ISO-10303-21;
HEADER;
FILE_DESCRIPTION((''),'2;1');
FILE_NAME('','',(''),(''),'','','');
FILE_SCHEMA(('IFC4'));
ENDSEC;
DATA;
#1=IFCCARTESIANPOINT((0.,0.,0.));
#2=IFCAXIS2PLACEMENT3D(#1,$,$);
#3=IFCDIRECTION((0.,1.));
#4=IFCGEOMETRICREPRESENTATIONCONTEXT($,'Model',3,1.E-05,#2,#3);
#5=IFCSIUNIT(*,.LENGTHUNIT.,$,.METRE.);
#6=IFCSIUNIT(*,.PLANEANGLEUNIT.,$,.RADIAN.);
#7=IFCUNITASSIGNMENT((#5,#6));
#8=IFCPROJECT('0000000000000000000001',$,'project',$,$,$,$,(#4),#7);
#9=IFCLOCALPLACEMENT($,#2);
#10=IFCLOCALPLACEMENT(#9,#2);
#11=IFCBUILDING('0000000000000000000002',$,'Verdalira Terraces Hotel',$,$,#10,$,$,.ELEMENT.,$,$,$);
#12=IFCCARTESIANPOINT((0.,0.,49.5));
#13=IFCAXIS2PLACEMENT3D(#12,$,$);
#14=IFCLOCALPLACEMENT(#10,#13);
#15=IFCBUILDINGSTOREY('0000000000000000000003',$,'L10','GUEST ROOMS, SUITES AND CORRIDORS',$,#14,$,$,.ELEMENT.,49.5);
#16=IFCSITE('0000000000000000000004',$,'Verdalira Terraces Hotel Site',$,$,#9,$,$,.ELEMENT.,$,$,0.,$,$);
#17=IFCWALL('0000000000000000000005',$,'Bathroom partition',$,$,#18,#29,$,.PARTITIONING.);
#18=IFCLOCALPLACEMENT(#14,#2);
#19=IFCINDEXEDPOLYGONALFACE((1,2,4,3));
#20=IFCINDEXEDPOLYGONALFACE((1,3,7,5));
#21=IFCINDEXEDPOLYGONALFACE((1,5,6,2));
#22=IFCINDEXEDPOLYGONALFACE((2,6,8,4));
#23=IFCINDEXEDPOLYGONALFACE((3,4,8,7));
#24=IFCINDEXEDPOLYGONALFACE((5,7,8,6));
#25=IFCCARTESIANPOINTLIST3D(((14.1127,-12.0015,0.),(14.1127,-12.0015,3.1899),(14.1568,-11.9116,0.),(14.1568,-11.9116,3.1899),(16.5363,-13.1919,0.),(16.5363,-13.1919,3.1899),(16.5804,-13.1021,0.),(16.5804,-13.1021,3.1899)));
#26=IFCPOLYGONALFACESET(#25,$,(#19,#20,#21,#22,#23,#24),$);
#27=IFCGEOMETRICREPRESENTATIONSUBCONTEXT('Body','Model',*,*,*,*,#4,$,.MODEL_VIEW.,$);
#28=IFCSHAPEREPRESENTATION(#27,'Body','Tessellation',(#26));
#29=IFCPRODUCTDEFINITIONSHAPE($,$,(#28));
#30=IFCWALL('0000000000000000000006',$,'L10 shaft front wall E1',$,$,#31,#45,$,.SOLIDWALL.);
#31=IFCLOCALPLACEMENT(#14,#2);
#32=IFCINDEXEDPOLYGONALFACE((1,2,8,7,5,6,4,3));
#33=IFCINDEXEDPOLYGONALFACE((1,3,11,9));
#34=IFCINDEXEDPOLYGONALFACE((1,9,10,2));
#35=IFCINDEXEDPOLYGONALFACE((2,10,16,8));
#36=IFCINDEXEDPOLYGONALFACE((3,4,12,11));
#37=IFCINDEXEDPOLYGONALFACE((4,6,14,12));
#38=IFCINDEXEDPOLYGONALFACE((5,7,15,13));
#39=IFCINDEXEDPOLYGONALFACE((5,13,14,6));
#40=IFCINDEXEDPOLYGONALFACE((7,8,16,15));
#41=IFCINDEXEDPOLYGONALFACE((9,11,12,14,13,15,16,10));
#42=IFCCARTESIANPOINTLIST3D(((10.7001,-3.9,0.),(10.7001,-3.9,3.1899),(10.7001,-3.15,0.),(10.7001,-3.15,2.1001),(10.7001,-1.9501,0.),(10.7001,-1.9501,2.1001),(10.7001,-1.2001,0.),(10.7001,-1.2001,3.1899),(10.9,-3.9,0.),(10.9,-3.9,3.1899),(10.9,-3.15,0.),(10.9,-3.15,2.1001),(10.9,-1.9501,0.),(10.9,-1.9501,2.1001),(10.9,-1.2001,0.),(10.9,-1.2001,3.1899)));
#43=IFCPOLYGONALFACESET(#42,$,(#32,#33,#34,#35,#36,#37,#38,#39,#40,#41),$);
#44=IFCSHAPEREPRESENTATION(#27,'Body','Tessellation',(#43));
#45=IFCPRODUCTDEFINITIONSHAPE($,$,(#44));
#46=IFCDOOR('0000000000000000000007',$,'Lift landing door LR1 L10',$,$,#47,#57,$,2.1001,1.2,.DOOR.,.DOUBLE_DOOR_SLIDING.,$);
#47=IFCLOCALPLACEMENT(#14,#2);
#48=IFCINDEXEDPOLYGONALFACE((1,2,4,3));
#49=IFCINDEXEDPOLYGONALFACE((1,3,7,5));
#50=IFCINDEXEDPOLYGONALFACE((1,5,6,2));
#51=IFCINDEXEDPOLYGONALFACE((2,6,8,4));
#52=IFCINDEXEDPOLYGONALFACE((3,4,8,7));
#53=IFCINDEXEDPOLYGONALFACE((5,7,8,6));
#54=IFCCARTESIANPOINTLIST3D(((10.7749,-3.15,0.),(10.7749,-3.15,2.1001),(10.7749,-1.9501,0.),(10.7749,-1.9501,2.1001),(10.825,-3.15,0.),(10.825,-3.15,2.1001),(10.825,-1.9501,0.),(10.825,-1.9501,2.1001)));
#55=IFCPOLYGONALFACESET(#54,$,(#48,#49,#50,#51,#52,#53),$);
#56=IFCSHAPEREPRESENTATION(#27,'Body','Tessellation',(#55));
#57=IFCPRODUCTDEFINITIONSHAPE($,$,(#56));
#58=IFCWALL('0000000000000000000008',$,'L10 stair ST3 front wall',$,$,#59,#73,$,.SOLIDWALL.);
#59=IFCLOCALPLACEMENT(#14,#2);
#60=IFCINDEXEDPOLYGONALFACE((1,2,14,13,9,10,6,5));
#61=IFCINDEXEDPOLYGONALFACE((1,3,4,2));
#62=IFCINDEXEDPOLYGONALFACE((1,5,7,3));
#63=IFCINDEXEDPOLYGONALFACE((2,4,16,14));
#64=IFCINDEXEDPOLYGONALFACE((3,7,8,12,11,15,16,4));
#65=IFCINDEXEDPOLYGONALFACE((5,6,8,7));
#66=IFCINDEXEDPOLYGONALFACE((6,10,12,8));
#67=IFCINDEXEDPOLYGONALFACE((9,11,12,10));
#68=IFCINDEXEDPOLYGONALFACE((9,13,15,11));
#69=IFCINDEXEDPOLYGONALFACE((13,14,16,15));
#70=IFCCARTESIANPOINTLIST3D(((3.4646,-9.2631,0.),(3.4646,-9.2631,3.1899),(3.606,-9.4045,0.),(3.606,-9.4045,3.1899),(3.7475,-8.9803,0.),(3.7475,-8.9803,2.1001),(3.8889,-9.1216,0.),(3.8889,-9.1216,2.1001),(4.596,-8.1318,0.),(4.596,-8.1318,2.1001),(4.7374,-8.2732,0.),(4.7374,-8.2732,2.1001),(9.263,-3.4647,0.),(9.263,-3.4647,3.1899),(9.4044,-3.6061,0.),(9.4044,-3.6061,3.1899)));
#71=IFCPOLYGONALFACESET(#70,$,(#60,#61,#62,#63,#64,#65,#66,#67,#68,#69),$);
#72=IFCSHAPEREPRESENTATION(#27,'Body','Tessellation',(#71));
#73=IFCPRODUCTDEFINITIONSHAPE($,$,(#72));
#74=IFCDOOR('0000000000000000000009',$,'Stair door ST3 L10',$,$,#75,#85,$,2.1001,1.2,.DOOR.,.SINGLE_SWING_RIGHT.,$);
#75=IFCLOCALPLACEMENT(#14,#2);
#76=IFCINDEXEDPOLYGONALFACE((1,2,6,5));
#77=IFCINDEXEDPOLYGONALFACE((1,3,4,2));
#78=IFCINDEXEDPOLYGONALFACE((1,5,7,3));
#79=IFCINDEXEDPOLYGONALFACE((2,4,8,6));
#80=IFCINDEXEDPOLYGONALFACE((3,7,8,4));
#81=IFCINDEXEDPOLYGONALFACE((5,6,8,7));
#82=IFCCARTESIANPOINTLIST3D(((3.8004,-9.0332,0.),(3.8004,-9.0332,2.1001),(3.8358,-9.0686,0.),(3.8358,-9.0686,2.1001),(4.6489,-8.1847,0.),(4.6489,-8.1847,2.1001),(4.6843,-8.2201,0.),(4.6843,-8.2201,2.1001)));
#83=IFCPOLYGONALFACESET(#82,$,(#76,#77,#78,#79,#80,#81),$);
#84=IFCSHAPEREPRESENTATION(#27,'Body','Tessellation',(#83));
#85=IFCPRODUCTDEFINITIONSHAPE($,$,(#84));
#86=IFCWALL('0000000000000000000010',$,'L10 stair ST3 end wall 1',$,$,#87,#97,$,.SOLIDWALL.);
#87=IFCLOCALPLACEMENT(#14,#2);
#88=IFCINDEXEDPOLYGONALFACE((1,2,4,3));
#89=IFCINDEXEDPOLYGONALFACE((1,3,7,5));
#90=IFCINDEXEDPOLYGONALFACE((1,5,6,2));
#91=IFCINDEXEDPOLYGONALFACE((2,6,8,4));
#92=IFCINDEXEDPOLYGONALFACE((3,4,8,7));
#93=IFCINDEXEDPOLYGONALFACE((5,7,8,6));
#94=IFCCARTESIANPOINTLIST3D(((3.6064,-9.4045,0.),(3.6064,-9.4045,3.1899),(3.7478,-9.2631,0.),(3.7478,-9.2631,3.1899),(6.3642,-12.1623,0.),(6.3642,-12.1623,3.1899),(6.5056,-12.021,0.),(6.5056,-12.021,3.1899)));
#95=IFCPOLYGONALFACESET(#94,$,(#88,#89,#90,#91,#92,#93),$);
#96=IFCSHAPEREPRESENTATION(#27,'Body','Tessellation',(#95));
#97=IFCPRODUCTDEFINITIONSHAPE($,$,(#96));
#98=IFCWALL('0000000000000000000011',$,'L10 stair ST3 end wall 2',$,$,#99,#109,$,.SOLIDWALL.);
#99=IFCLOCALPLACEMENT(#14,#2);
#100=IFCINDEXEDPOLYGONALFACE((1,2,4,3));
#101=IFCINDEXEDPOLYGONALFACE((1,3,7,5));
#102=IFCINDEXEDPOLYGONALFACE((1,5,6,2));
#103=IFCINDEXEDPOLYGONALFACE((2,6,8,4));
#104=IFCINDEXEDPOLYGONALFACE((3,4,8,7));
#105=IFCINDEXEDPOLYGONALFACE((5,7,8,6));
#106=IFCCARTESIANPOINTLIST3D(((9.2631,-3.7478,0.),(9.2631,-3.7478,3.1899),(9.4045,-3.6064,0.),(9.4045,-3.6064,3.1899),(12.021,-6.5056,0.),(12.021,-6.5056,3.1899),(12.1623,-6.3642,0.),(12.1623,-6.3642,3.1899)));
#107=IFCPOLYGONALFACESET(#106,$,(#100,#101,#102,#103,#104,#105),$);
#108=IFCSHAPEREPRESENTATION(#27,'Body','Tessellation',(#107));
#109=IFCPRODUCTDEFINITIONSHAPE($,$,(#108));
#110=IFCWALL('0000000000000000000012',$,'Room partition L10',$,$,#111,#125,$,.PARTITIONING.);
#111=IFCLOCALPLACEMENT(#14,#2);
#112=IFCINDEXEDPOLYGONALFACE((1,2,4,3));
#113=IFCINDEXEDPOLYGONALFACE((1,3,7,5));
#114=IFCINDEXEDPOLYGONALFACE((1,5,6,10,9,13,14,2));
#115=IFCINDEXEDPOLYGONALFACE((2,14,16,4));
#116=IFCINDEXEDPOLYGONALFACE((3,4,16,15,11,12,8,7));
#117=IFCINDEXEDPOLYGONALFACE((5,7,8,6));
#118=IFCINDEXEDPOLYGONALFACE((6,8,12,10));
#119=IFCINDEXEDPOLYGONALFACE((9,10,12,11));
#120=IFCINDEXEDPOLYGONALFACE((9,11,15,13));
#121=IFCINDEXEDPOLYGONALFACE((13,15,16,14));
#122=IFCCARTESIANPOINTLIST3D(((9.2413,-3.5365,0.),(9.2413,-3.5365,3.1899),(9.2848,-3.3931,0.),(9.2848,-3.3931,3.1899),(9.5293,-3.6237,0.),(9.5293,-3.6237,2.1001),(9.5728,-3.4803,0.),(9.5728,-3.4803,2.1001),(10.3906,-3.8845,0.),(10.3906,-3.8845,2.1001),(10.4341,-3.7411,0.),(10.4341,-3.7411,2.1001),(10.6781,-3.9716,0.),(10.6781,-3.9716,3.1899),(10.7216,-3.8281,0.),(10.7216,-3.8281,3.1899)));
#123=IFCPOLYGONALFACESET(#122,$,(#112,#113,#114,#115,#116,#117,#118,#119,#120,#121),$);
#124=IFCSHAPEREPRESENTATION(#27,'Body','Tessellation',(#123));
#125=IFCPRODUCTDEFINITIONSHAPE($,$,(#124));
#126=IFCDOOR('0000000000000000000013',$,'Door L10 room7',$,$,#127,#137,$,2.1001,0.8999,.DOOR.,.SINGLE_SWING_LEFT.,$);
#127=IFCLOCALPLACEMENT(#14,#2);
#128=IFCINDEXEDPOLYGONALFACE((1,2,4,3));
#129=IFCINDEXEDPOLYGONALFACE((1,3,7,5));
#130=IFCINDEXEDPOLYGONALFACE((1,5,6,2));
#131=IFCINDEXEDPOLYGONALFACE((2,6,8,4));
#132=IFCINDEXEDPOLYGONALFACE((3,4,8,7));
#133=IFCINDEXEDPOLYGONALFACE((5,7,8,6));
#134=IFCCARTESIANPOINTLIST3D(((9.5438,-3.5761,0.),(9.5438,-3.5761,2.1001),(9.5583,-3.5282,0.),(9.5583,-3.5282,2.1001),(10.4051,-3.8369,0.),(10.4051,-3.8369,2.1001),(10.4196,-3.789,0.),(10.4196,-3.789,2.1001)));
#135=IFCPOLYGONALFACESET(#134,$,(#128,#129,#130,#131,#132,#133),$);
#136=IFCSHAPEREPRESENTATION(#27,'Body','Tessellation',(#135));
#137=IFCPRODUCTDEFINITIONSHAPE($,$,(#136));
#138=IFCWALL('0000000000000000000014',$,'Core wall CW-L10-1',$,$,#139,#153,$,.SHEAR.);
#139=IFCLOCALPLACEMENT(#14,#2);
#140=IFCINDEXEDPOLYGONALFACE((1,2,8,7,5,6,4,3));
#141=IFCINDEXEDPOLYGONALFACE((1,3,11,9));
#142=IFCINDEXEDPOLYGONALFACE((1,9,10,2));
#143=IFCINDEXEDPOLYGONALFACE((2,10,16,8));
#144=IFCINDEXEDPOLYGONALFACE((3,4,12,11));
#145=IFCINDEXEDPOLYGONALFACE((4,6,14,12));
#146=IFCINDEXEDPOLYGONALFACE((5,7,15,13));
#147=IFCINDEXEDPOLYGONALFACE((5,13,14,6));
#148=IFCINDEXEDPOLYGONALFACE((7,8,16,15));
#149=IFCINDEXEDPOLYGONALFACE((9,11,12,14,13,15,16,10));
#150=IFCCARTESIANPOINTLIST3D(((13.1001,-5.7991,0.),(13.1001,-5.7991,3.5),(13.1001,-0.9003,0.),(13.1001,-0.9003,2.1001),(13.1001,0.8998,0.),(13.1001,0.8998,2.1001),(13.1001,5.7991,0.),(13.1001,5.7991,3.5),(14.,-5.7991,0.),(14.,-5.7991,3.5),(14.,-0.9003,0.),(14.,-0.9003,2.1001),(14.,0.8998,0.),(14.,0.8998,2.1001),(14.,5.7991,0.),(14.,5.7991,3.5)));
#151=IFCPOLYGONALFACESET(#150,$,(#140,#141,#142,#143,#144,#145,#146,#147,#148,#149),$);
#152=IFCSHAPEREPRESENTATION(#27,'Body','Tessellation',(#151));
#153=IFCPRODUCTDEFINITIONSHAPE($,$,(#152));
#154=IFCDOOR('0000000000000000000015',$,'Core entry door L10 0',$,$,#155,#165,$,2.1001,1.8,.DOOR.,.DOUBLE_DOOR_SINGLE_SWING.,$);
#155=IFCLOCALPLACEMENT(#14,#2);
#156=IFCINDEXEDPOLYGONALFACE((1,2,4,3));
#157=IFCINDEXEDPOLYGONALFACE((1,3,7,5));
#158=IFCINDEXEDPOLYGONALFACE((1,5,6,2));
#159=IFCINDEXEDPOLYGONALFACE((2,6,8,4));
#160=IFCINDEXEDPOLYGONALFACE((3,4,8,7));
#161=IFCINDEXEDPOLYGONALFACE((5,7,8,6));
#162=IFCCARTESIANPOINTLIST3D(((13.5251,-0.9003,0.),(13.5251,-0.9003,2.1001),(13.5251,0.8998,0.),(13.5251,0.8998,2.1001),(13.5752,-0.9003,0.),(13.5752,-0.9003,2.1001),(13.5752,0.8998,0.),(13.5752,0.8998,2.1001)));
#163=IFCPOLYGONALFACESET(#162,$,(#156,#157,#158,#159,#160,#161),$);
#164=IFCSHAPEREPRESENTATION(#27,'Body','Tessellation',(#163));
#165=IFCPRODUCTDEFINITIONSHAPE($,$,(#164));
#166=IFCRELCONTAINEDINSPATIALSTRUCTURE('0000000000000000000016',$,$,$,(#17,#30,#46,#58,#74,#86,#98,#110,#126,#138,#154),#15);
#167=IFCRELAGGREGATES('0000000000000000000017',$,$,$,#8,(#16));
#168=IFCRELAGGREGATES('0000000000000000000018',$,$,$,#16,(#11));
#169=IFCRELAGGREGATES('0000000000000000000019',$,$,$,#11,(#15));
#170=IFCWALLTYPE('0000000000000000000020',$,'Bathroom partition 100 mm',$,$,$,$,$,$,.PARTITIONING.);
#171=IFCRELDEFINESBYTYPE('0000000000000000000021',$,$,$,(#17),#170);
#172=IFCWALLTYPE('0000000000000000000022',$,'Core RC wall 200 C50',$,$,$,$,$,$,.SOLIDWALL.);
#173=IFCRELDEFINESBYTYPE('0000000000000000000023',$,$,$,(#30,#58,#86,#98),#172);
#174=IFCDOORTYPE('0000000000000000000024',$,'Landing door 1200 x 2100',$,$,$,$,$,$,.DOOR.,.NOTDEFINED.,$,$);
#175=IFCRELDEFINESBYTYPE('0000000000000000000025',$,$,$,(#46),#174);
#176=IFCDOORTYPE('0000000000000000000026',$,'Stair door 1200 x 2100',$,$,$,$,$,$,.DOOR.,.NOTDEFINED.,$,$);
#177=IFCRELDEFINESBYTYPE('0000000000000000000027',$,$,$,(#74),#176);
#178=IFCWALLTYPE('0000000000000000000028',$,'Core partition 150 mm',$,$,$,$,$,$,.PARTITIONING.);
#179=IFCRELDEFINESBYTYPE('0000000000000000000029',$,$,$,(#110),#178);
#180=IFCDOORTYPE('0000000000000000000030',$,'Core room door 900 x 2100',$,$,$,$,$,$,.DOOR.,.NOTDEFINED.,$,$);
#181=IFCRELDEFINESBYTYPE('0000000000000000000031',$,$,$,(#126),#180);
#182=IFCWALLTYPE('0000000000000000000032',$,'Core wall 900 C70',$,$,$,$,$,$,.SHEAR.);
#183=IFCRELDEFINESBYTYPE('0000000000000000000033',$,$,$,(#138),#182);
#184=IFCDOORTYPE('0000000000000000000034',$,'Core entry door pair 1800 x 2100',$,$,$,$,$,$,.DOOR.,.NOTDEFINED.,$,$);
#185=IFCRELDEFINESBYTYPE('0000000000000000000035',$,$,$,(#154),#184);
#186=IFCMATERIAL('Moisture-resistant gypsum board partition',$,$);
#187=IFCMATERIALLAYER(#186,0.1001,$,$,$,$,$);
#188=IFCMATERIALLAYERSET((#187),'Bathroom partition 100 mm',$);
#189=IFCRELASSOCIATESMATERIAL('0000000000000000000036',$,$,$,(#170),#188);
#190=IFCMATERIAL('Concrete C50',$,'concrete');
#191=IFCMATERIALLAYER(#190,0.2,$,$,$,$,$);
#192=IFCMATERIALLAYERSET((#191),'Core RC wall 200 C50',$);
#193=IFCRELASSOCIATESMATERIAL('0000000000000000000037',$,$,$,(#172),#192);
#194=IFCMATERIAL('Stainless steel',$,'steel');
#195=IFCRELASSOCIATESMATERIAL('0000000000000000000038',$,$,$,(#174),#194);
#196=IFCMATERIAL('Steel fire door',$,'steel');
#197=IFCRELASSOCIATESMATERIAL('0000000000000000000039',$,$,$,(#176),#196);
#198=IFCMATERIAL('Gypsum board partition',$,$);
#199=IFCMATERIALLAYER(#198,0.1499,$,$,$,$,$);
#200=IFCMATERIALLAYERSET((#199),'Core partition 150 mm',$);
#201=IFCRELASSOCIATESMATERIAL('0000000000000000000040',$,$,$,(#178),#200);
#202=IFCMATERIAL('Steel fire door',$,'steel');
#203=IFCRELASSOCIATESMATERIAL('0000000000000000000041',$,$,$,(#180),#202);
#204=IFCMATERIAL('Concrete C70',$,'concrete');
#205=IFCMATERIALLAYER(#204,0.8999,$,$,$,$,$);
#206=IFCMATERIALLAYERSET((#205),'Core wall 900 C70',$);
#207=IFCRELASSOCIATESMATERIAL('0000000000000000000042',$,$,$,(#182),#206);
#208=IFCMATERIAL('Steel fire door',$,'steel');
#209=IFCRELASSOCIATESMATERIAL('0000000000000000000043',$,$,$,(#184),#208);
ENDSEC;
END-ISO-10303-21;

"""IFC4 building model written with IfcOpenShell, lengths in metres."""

from ifc_helpers import new_model, si_unit, direction, frame, frame_2d, origin, place, context, subcontext, project, spatial, rectangle, extrude, material, layer, layer_set, type_object, element, fill, save


model = new_model("IFC4")

# Units and contexts
model_context = context("Model", 3, precision=1e-05, world=origin(), true_north=direction((0.0, 1.0)))
body_context = subcontext(model_context, "Body", "Model", "MODEL_VIEW")
ifc_project = project(units=[si_unit("LENGTHUNIT", "METRE"), si_unit("PLANEANGLEUNIT", "RADIAN")], contexts=[model_context])

# Site, building, storey
site_placement = place(None, origin())
site = spatial("IfcSite", under=ifc_project, at=site_placement, Name="Verdalira Terraces Hotel Site", CompositionType="ELEMENT", RefElevation=0.0)
building_placement = place(site_placement, origin())
building = spatial("IfcBuilding", under=site, at=building_placement, Name="Verdalira Terraces Hotel", CompositionType="ELEMENT")
storey_placement = place(building_placement, frame((0.0, 0.0, 49.5)))
storey = spatial("IfcBuildingStorey", under=building, at=storey_placement, Name="L10", Description="GUEST ROOMS, SUITES AND CORRIDORS", CompositionType="ELEMENT", Elevation=49.5)

# Wall
ifc_material_1 = material(Name="Moisture-resistant gypsum board partition")
ifc_layer_1 = layer(ifc_material_1, 0.1001)
ifc_layer_set_1 = layer_set([ifc_layer_1], Name="Bathroom partition 100 mm")
wall_type_1 = type_object("IfcWallType", Name="Bathroom partition 100 mm", PredefinedType="PARTITIONING", material=ifc_layer_set_1)
wall_1_placement = place(storey_placement, frame((16.5584, -13.147, 0.0), z_axis=(0.0, 0.0, 1.0), x_axis=(-0.897569, 0.440873, 0.0)))
element("IfcWall", 1, at=wall_1_placement, inside=storey, type_object=wall_type_1, Name="Bathroom partition", PredefinedType="PARTITIONING", context=body_context, shape_type="SweptSolid", body=[
    extrude(rectangle(XDim=2.7002, YDim=0.1001, at=frame_2d((1.3501, 0.0))), origin(), (0.0, 0.0, 1.0), 3.1899),
])

# Walls, openings, doors
ifc_material_2 = material(Name="Concrete C50", Category="concrete")
ifc_layer_2 = layer(ifc_material_2, 0.2)
ifc_layer_set_2 = layer_set([ifc_layer_2], Name="Core RC wall 200 C50")
wall_type_2 = type_object("IfcWallType", Name="Core RC wall 200 C50", PredefinedType="SOLIDWALL", material=ifc_layer_set_2)
wall_2_placement = place(storey_placement, frame((10.8, -1.2, 0.0), z_axis=(0.0, 0.0, 1.0), x_axis=(0.0, -1.0, 0.0)))
wall_2 = element("IfcWall", 2, at=wall_2_placement, inside=storey, type_object=wall_type_2, Name="L10 shaft front wall E1", PredefinedType="SOLIDWALL", context=body_context, shape_type="SweptSolid", body=[
    extrude(rectangle(XDim=2.7, YDim=0.2, at=frame_2d((1.3501, 0.0))), origin(), (0.0, 0.0, 1.0), 3.1899),
])
opening_1_placement = place(wall_2_placement, frame((0.75, 0.0, 0.0)))
opening_1 = element("IfcOpeningElement", 3, at=opening_1_placement, cuts=wall_2, PredefinedType="OPENING", context=body_context, shape_type="SweptSolid", body=[
    extrude(rectangle(XDim=1.2, YDim=2.1001, at=frame_2d((0.6001, 1.05))), frame((0.0, 0.1099, 0.0), z_axis=(0.0, -1.0, 0.0), x_axis=(1.0, 0.0, 0.0)), (0.0, 0.0, 1.0), 0.22),
])
ifc_material_3 = material(Name="Stainless steel", Category="steel")
door_type_1 = type_object("IfcDoorType", Name="Landing door 1200 x 2100", OperationType="NOTDEFINED", PredefinedType="DOOR", material=ifc_material_3)
door_1_placement = place(opening_1_placement, origin())
door_1 = element("IfcDoor", 4, at=door_1_placement, inside=storey, type_object=door_type_1, Name="Lift landing door LR1 L10", OperationType="DOUBLE_DOOR_SLIDING", OverallHeight=2.1001, OverallWidth=1.2, PredefinedType="DOOR", context=body_context, shape_type="SweptSolid", body=[
    extrude(rectangle(XDim=1.2, YDim=2.1001, at=frame_2d((0.6001, 1.05))), frame((0.0, 0.0249, 0.0), z_axis=(0.0, -1.0, 0.0), x_axis=(1.0, 0.0, 0.0)), (0.0, 0.0, 1.0), 0.05),
])
fill(opening_1, door_1)
wall_3_placement = place(storey_placement, frame((9.3337, -3.5354, 0.0), z_axis=(0.0, 0.0, 1.0), x_axis=(-0.707107, -0.707107, 0.0)))
wall_3 = element("IfcWall", 5, at=wall_3_placement, inside=storey, type_object=wall_type_2, Name="L10 stair ST3 front wall", PredefinedType="SOLIDWALL", context=body_context, shape_type="SweptSolid", body=[
    extrude(rectangle(XDim=8.2002, YDim=0.2, at=frame_2d((4.1001, 0.0))), origin(), (0.0, 0.0, 1.0), 3.1899),
])
opening_2_placement = place(wall_3_placement, frame((6.6001, 0.0, 0.0)))
opening_2 = element("IfcOpeningElement", 6, at=opening_2_placement, cuts=wall_3, PredefinedType="OPENING", context=body_context, shape_type="SweptSolid", body=[
    extrude(rectangle(XDim=1.2, YDim=2.1001, at=frame_2d((0.6001, 1.05))), frame((0.0, 0.1099, 0.0), z_axis=(0.0, -1.0, 0.0), x_axis=(1.0, 0.0, 0.0)), (0.0, 0.0, 1.0), 0.22),
])
ifc_material_4 = material(Name="Steel fire door", Category="steel")
door_type_2 = type_object("IfcDoorType", Name="Stair door 1200 x 2100", OperationType="NOTDEFINED", PredefinedType="DOOR", material=ifc_material_4)
door_2_placement = place(opening_2_placement, origin())
door_2 = element("IfcDoor", 7, at=door_2_placement, inside=storey, type_object=door_type_2, Name="Stair door ST3 L10", OperationType="SINGLE_SWING_RIGHT", OverallHeight=2.1001, OverallWidth=1.2, PredefinedType="DOOR", context=body_context, shape_type="SweptSolid", body=[
    extrude(rectangle(XDim=1.2, YDim=2.1001, at=frame_2d((0.6001, 1.05))), frame((0.0, 0.0249, 0.0), z_axis=(0.0, -1.0, 0.0), x_axis=(1.0, 0.0, 0.0)), (0.0, 0.0, 1.0), 0.05),
])
fill(opening_2, door_2)

# Walls
for number, where, z_axis, x_axis, name in (
    (8, (3.677, -9.3337, 0.0), (0.0, 0.0, 1.0), (0.707107, -0.707107, 0.0), "L10 stair ST3 end wall 1"),
    (9, (9.3337, -3.677, 0.0), (0.0, 0.0, 1.0), (0.707107, -0.707107, 0.0), "L10 stair ST3 end wall 2"),
):
    element("IfcWall", number, at=place(storey_placement, frame(where, z_axis=z_axis, x_axis=x_axis)), inside=storey, type_object=wall_type_2, Name=name, PredefinedType="SOLIDWALL", context=body_context, shape_type="SweptSolid", body=[
        extrude(rectangle(XDim=3.9001, YDim=0.2, at=frame_2d((1.9502, 0.0))), origin(), (0.0, 0.0, 1.0), 3.1899),
    ])

# Walls, openings, doors
ifc_material_5 = material(Name="Gypsum board partition")
ifc_layer_3 = layer(ifc_material_5, 0.1499)
ifc_layer_set_3 = layer_set([ifc_layer_3], Name="Core partition 150 mm")
wall_type_3 = type_object("IfcWallType", Name="Core partition 150 mm", PredefinedType="PARTITIONING", material=ifc_layer_set_3)
wall_4_placement = place(storey_placement, frame((9.2632, -3.4648, 0.0), z_axis=(0.0, 0.0, 1.0), x_axis=(0.957085, -0.289809, 0.0)))
wall_4 = element("IfcWall", 10, at=wall_4_placement, inside=storey, type_object=wall_type_3, Name="Room partition L10", PredefinedType="PARTITIONING", context=body_context, shape_type="SweptSolid", body=[
    extrude(rectangle(XDim=1.5012, YDim=0.1499, at=frame_2d((0.7505, 0.0))), origin(), (0.0, 0.0, 1.0), 3.1899),
])
opening_3_placement = place(wall_4_placement, frame((0.3008, 0.0, 0.0)))
opening_3 = element("IfcOpeningElement", 11, at=opening_3_placement, cuts=wall_4, PredefinedType="OPENING", context=body_context, shape_type="SweptSolid", body=[
    extrude(rectangle(XDim=0.8999, YDim=2.1001, at=frame_2d((0.45, 1.05))), frame((0.0, 0.085, 0.0), z_axis=(0.0, -1.0, 0.0), x_axis=(1.0, 0.0, 0.0)), (0.0, 0.0, 1.0), 0.1699),
])
ifc_material_6 = material(Name="Steel fire door", Category="steel")
door_type_3 = type_object("IfcDoorType", Name="Core room door 900 x 2100", OperationType="NOTDEFINED", PredefinedType="DOOR", material=ifc_material_6)
door_3_placement = place(opening_3_placement, origin())
door_3 = element("IfcDoor", 12, at=door_3_placement, inside=storey, type_object=door_type_3, Name="Door L10 room7", OperationType="SINGLE_SWING_LEFT", OverallHeight=2.1001, OverallWidth=0.8999, PredefinedType="DOOR", context=body_context, shape_type="SweptSolid", body=[
    extrude(rectangle(XDim=0.8999, YDim=2.1001, at=frame_2d((0.45, 1.05))), frame((0.0, 0.0249, 0.0), z_axis=(0.0, -1.0, 0.0), x_axis=(1.0, 0.0, 0.0)), (0.0, 0.0, 1.0), 0.05),
])
fill(opening_3, door_3)
ifc_material_7 = material(Name="Concrete C70", Category="concrete")
ifc_layer_4 = layer(ifc_material_7, 0.8999)
ifc_layer_set_4 = layer_set([ifc_layer_4], Name="Core wall 900 C70")
wall_type_4 = type_object("IfcWallType", Name="Core wall 900 C70", PredefinedType="SHEAR", material=ifc_layer_set_4)
wall_5_placement = place(storey_placement, frame((13.55, -5.7991, 0.0), z_axis=(0.0, 0.0, 1.0), x_axis=(0.0, 1.0, 0.0)))
wall_5 = element("IfcWall", 13, at=wall_5_placement, inside=storey, type_object=wall_type_4, Name="Core wall CW-L10-1", PredefinedType="SHEAR", context=body_context, shape_type="SweptSolid", body=[
    extrude(rectangle(XDim=11.5981, YDim=0.8999, at=frame_2d((5.7991, 0.0))), origin(), (0.0, 0.0, 1.0), 3.5),
])
opening_4_placement = place(wall_5_placement, frame((4.8989, 0.0, 0.0)))
opening_4 = element("IfcOpeningElement", 14, at=opening_4_placement, cuts=wall_5, PredefinedType="OPENING", context=body_context, shape_type="SweptSolid", body=[
    extrude(rectangle(XDim=1.8, YDim=2.1001, at=frame_2d((0.8999, 1.05))), frame((0.0, 0.46, 0.0), z_axis=(0.0, -1.0, 0.0), x_axis=(1.0, 0.0, 0.0)), (0.0, 0.0, 1.0), 0.9199),
])
ifc_material_8 = material(Name="Steel fire door", Category="steel")
door_type_4 = type_object("IfcDoorType", Name="Core entry door pair 1800 x 2100", OperationType="NOTDEFINED", PredefinedType="DOOR", material=ifc_material_8)
door_4_placement = place(opening_4_placement, origin())
door_4 = element("IfcDoor", 15, at=door_4_placement, inside=storey, type_object=door_type_4, Name="Core entry door L10 0", OperationType="DOUBLE_DOOR_SINGLE_SWING", OverallHeight=2.1001, OverallWidth=1.8, PredefinedType="DOOR", context=body_context, shape_type="SweptSolid", body=[
    extrude(rectangle(XDim=1.8, YDim=2.1001, at=frame_2d((0.8999, 1.05))), frame((0.0, 0.0249, 0.0), z_axis=(0.0, -1.0, 0.0), x_axis=(1.0, 0.0, 0.0)), (0.0, 0.0, 1.0), 0.05),
])
fill(opening_4, door_4)

save(model, "model.ifc")
